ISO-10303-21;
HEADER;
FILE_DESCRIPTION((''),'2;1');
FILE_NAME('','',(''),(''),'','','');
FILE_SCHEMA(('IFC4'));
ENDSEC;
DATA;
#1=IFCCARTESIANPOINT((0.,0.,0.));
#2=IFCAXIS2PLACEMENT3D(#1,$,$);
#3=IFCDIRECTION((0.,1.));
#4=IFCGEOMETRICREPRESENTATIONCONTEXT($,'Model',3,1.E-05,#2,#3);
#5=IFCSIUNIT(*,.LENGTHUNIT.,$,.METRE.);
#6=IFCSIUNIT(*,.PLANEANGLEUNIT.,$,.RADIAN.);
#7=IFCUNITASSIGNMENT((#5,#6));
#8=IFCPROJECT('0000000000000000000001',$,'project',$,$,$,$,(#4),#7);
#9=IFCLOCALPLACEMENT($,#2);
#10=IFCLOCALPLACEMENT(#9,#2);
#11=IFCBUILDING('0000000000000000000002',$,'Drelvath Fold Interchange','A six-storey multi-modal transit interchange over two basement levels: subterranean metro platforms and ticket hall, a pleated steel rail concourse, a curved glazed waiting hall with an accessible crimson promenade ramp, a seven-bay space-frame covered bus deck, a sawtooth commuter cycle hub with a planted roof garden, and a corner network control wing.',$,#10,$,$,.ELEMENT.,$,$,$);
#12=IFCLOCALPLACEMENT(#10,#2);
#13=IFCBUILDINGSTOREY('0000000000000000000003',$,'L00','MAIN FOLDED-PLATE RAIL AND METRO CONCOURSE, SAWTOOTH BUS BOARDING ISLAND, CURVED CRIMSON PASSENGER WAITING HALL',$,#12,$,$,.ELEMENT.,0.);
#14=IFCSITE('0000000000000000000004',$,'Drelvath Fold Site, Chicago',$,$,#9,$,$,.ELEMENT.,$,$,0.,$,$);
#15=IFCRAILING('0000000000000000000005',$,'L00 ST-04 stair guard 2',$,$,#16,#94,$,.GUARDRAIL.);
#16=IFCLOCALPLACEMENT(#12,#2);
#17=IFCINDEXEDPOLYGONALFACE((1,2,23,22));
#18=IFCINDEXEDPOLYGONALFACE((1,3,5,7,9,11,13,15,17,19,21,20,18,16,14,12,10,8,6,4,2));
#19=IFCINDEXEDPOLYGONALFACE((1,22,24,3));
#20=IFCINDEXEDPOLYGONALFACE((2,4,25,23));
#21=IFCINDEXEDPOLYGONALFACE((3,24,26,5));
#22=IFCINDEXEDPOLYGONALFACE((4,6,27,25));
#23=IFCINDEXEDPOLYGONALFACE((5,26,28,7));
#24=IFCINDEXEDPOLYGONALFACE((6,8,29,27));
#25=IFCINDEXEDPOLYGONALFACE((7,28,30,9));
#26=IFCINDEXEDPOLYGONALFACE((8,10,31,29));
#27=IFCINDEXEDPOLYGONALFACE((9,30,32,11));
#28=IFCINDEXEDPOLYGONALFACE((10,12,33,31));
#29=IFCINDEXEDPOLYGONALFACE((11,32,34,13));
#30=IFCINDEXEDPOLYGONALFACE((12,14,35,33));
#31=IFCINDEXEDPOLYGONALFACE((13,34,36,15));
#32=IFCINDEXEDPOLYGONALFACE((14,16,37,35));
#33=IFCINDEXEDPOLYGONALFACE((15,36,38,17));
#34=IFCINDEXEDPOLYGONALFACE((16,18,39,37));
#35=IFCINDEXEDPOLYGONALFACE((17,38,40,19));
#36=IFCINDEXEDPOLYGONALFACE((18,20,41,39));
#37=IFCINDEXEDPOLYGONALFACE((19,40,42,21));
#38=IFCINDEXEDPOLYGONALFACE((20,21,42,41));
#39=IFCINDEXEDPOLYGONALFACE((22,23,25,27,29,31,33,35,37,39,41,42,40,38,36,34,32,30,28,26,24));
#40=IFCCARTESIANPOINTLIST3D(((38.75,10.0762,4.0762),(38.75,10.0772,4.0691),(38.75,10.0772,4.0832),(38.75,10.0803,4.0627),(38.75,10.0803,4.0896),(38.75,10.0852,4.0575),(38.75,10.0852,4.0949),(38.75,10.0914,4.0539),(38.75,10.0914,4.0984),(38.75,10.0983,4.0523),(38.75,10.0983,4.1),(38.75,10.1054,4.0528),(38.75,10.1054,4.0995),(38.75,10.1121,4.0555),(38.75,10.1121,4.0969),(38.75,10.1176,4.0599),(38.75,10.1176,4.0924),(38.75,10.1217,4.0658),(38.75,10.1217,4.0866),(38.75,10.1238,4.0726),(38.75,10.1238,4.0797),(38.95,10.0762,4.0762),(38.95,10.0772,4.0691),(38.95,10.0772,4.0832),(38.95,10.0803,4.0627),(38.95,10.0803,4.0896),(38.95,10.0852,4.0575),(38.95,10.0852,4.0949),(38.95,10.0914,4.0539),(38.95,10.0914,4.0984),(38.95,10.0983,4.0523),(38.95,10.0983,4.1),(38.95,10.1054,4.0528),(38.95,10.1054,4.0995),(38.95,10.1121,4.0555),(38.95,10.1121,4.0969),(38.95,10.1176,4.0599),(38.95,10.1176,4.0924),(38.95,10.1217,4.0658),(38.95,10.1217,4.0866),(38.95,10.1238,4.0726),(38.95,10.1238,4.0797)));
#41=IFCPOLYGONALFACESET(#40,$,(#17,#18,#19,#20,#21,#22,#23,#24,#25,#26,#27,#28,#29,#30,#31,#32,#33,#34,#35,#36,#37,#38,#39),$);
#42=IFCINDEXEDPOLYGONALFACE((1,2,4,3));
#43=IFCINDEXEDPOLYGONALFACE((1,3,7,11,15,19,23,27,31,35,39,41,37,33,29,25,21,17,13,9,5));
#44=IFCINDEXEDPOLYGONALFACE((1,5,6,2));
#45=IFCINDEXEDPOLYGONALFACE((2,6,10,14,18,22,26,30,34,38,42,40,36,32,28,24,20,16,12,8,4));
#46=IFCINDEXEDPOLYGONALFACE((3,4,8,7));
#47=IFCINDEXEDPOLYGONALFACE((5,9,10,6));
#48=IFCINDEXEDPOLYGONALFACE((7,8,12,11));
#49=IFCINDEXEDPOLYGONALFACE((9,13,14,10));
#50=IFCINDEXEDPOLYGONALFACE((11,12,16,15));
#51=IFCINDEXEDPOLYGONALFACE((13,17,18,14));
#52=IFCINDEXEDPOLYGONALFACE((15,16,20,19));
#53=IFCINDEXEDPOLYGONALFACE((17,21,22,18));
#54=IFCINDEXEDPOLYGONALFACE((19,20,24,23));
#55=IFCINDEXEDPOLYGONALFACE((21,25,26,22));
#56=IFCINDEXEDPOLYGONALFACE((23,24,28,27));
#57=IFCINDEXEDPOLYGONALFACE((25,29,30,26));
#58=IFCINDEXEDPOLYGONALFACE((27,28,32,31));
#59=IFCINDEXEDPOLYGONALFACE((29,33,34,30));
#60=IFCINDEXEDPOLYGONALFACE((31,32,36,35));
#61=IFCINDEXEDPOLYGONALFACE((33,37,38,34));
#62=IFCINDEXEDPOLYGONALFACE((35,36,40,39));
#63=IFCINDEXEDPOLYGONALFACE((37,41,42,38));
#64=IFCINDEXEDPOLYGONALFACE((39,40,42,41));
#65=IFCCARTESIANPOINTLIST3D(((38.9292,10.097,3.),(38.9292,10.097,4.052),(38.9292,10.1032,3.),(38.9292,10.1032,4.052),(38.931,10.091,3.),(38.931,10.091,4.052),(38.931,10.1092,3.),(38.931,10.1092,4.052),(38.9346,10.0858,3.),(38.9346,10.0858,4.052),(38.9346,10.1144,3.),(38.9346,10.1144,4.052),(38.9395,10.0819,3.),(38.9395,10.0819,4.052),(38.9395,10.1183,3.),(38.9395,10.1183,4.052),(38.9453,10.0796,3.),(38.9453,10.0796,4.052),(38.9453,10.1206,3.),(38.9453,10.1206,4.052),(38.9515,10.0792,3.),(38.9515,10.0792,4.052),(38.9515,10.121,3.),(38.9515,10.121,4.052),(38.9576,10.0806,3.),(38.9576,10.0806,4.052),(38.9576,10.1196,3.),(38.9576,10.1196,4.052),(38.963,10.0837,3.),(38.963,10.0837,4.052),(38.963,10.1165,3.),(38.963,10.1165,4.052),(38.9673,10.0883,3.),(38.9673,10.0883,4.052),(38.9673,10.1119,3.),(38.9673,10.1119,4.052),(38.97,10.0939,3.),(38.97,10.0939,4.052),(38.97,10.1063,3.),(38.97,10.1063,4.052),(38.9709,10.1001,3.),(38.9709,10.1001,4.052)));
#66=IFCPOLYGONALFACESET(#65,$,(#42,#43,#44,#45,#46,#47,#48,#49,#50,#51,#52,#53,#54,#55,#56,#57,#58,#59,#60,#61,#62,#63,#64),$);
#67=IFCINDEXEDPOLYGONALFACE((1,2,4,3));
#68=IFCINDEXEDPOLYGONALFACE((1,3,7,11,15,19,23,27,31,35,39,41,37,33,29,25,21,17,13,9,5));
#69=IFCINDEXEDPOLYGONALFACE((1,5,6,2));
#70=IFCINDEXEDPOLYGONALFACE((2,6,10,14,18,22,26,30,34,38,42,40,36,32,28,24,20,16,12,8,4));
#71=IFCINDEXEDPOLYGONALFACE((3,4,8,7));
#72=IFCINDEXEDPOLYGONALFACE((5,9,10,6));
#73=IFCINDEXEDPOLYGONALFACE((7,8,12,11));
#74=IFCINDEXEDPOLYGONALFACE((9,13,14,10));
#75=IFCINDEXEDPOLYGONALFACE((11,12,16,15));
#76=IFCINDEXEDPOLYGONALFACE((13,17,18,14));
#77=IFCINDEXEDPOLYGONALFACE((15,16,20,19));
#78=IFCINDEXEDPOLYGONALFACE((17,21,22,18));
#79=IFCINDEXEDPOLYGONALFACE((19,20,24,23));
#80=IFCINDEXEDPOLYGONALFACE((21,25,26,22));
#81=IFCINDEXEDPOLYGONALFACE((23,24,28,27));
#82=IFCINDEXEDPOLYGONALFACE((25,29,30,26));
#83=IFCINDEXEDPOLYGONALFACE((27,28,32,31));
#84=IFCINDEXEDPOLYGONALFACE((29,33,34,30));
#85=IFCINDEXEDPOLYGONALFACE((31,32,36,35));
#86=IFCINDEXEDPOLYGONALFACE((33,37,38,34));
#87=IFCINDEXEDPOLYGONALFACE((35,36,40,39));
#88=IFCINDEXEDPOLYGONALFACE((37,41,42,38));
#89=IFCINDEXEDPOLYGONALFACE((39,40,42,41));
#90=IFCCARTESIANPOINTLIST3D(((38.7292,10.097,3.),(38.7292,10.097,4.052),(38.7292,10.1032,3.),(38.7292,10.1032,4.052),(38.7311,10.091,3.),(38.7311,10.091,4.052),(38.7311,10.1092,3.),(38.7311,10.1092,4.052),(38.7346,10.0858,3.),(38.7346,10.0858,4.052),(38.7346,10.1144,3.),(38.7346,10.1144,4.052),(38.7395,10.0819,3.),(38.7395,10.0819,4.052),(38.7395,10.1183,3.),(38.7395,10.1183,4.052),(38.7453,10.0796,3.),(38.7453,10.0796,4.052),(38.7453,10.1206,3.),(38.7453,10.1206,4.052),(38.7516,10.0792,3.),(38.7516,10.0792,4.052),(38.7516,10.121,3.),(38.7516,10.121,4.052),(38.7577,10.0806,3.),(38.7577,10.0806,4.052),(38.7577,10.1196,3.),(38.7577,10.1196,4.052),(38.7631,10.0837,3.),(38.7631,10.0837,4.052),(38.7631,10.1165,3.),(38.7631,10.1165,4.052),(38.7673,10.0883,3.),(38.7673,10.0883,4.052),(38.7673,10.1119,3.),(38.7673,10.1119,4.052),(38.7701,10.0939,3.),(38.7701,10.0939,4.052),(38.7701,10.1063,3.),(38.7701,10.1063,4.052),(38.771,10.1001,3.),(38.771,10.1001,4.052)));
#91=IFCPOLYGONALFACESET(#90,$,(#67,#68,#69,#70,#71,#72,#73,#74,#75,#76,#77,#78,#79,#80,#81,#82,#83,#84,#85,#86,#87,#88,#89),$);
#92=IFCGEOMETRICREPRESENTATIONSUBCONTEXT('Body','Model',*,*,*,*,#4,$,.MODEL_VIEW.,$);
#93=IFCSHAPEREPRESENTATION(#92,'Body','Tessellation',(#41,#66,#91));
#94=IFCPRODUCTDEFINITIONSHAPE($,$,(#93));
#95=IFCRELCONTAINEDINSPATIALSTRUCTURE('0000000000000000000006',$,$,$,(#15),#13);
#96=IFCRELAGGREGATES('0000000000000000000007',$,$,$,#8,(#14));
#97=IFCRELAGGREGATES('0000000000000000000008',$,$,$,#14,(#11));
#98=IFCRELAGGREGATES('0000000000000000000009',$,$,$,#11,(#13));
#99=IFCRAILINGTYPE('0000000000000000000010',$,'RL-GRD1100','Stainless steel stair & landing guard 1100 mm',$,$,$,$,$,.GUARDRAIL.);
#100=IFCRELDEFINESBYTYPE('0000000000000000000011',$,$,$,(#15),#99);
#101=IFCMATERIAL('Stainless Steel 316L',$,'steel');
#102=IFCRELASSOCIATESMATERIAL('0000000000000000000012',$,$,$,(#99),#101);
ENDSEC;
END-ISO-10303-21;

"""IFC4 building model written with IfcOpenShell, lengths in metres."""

from ifc_helpers import new_model, si_unit, direction, frame, origin, origin_2d, place, context, subcontext, project, spatial, circle, extrude, material, type_object, element, save


model = new_model("IFC4")

# Units and contexts
model_context = context("Model", 3, precision=1e-05, world=origin(), true_north=direction((0.0, 1.0)))
body_context = subcontext(model_context, "Body", "Model", "MODEL_VIEW")
ifc_project = project(units=[si_unit("LENGTHUNIT", "METRE"), si_unit("PLANEANGLEUNIT", "RADIAN")], contexts=[model_context])

# Site, building, storey
site_placement = place(None, origin())
site = spatial("IfcSite", under=ifc_project, at=site_placement, Name="Drelvath Fold Site, Chicago", CompositionType="ELEMENT", RefElevation=0.0)
building_placement = place(site_placement, origin())
building = spatial("IfcBuilding", under=site, at=building_placement, Name="Drelvath Fold Interchange", Description="A six-storey multi-modal transit interchange over two basement levels: subterranean metro platforms and ticket hall, a pleated steel rail concourse, a curved glazed waiting hall with an accessible crimson promenade ramp, a seven-bay space-frame covered bus deck, a sawtooth commuter cycle hub with a planted roof garden, and a corner network control wing.", CompositionType="ELEMENT")
storey_placement = place(building_placement, origin())
storey = spatial("IfcBuildingStorey", under=building, at=storey_placement, Name="L00", Description="MAIN FOLDED-PLATE RAIL AND METRO CONCOURSE, SAWTOOTH BUS BOARDING ISLAND, CURVED CRIMSON PASSENGER WAITING HALL", CompositionType="ELEMENT", Elevation=0.0)

# Railing
ifc_material_1 = material(Name="Stainless Steel 316L", Category="steel")
railing_type = type_object("IfcRailingType", Name="RL-GRD1100", Description="Stainless steel stair & landing guard 1100 mm", PredefinedType="GUARDRAIL", material=ifc_material_1)
railing_1_placement = place(storey_placement, frame((38.95, 10.1001, 3.0)))
element("IfcRailing", 1, at=railing_1_placement, inside=storey, type_object=railing_type, Name="L00 ST-04 stair guard 2", PredefinedType="GUARDRAIL", context=body_context, shape_type="SweptSolid", body=[
    extrude(circle(Radius=0.0239, at=origin_2d()), frame((0.0, 0.0, 1.0762), z_axis=(-1.0, 0.0, 0.0), x_axis=(0.0, -1.0, 0.0)), (0.0, 0.0, 1.0), 0.2),
    extrude(circle(Radius=0.021, at=origin_2d()), origin(), (0.0, 0.0, 1.0), 1.052),
    extrude(circle(Radius=0.021, at=origin_2d()), frame((-0.2, 0.0, 0.0)), (0.0, 0.0, 1.0), 1.052),
])

save(model, "model.ifc")
